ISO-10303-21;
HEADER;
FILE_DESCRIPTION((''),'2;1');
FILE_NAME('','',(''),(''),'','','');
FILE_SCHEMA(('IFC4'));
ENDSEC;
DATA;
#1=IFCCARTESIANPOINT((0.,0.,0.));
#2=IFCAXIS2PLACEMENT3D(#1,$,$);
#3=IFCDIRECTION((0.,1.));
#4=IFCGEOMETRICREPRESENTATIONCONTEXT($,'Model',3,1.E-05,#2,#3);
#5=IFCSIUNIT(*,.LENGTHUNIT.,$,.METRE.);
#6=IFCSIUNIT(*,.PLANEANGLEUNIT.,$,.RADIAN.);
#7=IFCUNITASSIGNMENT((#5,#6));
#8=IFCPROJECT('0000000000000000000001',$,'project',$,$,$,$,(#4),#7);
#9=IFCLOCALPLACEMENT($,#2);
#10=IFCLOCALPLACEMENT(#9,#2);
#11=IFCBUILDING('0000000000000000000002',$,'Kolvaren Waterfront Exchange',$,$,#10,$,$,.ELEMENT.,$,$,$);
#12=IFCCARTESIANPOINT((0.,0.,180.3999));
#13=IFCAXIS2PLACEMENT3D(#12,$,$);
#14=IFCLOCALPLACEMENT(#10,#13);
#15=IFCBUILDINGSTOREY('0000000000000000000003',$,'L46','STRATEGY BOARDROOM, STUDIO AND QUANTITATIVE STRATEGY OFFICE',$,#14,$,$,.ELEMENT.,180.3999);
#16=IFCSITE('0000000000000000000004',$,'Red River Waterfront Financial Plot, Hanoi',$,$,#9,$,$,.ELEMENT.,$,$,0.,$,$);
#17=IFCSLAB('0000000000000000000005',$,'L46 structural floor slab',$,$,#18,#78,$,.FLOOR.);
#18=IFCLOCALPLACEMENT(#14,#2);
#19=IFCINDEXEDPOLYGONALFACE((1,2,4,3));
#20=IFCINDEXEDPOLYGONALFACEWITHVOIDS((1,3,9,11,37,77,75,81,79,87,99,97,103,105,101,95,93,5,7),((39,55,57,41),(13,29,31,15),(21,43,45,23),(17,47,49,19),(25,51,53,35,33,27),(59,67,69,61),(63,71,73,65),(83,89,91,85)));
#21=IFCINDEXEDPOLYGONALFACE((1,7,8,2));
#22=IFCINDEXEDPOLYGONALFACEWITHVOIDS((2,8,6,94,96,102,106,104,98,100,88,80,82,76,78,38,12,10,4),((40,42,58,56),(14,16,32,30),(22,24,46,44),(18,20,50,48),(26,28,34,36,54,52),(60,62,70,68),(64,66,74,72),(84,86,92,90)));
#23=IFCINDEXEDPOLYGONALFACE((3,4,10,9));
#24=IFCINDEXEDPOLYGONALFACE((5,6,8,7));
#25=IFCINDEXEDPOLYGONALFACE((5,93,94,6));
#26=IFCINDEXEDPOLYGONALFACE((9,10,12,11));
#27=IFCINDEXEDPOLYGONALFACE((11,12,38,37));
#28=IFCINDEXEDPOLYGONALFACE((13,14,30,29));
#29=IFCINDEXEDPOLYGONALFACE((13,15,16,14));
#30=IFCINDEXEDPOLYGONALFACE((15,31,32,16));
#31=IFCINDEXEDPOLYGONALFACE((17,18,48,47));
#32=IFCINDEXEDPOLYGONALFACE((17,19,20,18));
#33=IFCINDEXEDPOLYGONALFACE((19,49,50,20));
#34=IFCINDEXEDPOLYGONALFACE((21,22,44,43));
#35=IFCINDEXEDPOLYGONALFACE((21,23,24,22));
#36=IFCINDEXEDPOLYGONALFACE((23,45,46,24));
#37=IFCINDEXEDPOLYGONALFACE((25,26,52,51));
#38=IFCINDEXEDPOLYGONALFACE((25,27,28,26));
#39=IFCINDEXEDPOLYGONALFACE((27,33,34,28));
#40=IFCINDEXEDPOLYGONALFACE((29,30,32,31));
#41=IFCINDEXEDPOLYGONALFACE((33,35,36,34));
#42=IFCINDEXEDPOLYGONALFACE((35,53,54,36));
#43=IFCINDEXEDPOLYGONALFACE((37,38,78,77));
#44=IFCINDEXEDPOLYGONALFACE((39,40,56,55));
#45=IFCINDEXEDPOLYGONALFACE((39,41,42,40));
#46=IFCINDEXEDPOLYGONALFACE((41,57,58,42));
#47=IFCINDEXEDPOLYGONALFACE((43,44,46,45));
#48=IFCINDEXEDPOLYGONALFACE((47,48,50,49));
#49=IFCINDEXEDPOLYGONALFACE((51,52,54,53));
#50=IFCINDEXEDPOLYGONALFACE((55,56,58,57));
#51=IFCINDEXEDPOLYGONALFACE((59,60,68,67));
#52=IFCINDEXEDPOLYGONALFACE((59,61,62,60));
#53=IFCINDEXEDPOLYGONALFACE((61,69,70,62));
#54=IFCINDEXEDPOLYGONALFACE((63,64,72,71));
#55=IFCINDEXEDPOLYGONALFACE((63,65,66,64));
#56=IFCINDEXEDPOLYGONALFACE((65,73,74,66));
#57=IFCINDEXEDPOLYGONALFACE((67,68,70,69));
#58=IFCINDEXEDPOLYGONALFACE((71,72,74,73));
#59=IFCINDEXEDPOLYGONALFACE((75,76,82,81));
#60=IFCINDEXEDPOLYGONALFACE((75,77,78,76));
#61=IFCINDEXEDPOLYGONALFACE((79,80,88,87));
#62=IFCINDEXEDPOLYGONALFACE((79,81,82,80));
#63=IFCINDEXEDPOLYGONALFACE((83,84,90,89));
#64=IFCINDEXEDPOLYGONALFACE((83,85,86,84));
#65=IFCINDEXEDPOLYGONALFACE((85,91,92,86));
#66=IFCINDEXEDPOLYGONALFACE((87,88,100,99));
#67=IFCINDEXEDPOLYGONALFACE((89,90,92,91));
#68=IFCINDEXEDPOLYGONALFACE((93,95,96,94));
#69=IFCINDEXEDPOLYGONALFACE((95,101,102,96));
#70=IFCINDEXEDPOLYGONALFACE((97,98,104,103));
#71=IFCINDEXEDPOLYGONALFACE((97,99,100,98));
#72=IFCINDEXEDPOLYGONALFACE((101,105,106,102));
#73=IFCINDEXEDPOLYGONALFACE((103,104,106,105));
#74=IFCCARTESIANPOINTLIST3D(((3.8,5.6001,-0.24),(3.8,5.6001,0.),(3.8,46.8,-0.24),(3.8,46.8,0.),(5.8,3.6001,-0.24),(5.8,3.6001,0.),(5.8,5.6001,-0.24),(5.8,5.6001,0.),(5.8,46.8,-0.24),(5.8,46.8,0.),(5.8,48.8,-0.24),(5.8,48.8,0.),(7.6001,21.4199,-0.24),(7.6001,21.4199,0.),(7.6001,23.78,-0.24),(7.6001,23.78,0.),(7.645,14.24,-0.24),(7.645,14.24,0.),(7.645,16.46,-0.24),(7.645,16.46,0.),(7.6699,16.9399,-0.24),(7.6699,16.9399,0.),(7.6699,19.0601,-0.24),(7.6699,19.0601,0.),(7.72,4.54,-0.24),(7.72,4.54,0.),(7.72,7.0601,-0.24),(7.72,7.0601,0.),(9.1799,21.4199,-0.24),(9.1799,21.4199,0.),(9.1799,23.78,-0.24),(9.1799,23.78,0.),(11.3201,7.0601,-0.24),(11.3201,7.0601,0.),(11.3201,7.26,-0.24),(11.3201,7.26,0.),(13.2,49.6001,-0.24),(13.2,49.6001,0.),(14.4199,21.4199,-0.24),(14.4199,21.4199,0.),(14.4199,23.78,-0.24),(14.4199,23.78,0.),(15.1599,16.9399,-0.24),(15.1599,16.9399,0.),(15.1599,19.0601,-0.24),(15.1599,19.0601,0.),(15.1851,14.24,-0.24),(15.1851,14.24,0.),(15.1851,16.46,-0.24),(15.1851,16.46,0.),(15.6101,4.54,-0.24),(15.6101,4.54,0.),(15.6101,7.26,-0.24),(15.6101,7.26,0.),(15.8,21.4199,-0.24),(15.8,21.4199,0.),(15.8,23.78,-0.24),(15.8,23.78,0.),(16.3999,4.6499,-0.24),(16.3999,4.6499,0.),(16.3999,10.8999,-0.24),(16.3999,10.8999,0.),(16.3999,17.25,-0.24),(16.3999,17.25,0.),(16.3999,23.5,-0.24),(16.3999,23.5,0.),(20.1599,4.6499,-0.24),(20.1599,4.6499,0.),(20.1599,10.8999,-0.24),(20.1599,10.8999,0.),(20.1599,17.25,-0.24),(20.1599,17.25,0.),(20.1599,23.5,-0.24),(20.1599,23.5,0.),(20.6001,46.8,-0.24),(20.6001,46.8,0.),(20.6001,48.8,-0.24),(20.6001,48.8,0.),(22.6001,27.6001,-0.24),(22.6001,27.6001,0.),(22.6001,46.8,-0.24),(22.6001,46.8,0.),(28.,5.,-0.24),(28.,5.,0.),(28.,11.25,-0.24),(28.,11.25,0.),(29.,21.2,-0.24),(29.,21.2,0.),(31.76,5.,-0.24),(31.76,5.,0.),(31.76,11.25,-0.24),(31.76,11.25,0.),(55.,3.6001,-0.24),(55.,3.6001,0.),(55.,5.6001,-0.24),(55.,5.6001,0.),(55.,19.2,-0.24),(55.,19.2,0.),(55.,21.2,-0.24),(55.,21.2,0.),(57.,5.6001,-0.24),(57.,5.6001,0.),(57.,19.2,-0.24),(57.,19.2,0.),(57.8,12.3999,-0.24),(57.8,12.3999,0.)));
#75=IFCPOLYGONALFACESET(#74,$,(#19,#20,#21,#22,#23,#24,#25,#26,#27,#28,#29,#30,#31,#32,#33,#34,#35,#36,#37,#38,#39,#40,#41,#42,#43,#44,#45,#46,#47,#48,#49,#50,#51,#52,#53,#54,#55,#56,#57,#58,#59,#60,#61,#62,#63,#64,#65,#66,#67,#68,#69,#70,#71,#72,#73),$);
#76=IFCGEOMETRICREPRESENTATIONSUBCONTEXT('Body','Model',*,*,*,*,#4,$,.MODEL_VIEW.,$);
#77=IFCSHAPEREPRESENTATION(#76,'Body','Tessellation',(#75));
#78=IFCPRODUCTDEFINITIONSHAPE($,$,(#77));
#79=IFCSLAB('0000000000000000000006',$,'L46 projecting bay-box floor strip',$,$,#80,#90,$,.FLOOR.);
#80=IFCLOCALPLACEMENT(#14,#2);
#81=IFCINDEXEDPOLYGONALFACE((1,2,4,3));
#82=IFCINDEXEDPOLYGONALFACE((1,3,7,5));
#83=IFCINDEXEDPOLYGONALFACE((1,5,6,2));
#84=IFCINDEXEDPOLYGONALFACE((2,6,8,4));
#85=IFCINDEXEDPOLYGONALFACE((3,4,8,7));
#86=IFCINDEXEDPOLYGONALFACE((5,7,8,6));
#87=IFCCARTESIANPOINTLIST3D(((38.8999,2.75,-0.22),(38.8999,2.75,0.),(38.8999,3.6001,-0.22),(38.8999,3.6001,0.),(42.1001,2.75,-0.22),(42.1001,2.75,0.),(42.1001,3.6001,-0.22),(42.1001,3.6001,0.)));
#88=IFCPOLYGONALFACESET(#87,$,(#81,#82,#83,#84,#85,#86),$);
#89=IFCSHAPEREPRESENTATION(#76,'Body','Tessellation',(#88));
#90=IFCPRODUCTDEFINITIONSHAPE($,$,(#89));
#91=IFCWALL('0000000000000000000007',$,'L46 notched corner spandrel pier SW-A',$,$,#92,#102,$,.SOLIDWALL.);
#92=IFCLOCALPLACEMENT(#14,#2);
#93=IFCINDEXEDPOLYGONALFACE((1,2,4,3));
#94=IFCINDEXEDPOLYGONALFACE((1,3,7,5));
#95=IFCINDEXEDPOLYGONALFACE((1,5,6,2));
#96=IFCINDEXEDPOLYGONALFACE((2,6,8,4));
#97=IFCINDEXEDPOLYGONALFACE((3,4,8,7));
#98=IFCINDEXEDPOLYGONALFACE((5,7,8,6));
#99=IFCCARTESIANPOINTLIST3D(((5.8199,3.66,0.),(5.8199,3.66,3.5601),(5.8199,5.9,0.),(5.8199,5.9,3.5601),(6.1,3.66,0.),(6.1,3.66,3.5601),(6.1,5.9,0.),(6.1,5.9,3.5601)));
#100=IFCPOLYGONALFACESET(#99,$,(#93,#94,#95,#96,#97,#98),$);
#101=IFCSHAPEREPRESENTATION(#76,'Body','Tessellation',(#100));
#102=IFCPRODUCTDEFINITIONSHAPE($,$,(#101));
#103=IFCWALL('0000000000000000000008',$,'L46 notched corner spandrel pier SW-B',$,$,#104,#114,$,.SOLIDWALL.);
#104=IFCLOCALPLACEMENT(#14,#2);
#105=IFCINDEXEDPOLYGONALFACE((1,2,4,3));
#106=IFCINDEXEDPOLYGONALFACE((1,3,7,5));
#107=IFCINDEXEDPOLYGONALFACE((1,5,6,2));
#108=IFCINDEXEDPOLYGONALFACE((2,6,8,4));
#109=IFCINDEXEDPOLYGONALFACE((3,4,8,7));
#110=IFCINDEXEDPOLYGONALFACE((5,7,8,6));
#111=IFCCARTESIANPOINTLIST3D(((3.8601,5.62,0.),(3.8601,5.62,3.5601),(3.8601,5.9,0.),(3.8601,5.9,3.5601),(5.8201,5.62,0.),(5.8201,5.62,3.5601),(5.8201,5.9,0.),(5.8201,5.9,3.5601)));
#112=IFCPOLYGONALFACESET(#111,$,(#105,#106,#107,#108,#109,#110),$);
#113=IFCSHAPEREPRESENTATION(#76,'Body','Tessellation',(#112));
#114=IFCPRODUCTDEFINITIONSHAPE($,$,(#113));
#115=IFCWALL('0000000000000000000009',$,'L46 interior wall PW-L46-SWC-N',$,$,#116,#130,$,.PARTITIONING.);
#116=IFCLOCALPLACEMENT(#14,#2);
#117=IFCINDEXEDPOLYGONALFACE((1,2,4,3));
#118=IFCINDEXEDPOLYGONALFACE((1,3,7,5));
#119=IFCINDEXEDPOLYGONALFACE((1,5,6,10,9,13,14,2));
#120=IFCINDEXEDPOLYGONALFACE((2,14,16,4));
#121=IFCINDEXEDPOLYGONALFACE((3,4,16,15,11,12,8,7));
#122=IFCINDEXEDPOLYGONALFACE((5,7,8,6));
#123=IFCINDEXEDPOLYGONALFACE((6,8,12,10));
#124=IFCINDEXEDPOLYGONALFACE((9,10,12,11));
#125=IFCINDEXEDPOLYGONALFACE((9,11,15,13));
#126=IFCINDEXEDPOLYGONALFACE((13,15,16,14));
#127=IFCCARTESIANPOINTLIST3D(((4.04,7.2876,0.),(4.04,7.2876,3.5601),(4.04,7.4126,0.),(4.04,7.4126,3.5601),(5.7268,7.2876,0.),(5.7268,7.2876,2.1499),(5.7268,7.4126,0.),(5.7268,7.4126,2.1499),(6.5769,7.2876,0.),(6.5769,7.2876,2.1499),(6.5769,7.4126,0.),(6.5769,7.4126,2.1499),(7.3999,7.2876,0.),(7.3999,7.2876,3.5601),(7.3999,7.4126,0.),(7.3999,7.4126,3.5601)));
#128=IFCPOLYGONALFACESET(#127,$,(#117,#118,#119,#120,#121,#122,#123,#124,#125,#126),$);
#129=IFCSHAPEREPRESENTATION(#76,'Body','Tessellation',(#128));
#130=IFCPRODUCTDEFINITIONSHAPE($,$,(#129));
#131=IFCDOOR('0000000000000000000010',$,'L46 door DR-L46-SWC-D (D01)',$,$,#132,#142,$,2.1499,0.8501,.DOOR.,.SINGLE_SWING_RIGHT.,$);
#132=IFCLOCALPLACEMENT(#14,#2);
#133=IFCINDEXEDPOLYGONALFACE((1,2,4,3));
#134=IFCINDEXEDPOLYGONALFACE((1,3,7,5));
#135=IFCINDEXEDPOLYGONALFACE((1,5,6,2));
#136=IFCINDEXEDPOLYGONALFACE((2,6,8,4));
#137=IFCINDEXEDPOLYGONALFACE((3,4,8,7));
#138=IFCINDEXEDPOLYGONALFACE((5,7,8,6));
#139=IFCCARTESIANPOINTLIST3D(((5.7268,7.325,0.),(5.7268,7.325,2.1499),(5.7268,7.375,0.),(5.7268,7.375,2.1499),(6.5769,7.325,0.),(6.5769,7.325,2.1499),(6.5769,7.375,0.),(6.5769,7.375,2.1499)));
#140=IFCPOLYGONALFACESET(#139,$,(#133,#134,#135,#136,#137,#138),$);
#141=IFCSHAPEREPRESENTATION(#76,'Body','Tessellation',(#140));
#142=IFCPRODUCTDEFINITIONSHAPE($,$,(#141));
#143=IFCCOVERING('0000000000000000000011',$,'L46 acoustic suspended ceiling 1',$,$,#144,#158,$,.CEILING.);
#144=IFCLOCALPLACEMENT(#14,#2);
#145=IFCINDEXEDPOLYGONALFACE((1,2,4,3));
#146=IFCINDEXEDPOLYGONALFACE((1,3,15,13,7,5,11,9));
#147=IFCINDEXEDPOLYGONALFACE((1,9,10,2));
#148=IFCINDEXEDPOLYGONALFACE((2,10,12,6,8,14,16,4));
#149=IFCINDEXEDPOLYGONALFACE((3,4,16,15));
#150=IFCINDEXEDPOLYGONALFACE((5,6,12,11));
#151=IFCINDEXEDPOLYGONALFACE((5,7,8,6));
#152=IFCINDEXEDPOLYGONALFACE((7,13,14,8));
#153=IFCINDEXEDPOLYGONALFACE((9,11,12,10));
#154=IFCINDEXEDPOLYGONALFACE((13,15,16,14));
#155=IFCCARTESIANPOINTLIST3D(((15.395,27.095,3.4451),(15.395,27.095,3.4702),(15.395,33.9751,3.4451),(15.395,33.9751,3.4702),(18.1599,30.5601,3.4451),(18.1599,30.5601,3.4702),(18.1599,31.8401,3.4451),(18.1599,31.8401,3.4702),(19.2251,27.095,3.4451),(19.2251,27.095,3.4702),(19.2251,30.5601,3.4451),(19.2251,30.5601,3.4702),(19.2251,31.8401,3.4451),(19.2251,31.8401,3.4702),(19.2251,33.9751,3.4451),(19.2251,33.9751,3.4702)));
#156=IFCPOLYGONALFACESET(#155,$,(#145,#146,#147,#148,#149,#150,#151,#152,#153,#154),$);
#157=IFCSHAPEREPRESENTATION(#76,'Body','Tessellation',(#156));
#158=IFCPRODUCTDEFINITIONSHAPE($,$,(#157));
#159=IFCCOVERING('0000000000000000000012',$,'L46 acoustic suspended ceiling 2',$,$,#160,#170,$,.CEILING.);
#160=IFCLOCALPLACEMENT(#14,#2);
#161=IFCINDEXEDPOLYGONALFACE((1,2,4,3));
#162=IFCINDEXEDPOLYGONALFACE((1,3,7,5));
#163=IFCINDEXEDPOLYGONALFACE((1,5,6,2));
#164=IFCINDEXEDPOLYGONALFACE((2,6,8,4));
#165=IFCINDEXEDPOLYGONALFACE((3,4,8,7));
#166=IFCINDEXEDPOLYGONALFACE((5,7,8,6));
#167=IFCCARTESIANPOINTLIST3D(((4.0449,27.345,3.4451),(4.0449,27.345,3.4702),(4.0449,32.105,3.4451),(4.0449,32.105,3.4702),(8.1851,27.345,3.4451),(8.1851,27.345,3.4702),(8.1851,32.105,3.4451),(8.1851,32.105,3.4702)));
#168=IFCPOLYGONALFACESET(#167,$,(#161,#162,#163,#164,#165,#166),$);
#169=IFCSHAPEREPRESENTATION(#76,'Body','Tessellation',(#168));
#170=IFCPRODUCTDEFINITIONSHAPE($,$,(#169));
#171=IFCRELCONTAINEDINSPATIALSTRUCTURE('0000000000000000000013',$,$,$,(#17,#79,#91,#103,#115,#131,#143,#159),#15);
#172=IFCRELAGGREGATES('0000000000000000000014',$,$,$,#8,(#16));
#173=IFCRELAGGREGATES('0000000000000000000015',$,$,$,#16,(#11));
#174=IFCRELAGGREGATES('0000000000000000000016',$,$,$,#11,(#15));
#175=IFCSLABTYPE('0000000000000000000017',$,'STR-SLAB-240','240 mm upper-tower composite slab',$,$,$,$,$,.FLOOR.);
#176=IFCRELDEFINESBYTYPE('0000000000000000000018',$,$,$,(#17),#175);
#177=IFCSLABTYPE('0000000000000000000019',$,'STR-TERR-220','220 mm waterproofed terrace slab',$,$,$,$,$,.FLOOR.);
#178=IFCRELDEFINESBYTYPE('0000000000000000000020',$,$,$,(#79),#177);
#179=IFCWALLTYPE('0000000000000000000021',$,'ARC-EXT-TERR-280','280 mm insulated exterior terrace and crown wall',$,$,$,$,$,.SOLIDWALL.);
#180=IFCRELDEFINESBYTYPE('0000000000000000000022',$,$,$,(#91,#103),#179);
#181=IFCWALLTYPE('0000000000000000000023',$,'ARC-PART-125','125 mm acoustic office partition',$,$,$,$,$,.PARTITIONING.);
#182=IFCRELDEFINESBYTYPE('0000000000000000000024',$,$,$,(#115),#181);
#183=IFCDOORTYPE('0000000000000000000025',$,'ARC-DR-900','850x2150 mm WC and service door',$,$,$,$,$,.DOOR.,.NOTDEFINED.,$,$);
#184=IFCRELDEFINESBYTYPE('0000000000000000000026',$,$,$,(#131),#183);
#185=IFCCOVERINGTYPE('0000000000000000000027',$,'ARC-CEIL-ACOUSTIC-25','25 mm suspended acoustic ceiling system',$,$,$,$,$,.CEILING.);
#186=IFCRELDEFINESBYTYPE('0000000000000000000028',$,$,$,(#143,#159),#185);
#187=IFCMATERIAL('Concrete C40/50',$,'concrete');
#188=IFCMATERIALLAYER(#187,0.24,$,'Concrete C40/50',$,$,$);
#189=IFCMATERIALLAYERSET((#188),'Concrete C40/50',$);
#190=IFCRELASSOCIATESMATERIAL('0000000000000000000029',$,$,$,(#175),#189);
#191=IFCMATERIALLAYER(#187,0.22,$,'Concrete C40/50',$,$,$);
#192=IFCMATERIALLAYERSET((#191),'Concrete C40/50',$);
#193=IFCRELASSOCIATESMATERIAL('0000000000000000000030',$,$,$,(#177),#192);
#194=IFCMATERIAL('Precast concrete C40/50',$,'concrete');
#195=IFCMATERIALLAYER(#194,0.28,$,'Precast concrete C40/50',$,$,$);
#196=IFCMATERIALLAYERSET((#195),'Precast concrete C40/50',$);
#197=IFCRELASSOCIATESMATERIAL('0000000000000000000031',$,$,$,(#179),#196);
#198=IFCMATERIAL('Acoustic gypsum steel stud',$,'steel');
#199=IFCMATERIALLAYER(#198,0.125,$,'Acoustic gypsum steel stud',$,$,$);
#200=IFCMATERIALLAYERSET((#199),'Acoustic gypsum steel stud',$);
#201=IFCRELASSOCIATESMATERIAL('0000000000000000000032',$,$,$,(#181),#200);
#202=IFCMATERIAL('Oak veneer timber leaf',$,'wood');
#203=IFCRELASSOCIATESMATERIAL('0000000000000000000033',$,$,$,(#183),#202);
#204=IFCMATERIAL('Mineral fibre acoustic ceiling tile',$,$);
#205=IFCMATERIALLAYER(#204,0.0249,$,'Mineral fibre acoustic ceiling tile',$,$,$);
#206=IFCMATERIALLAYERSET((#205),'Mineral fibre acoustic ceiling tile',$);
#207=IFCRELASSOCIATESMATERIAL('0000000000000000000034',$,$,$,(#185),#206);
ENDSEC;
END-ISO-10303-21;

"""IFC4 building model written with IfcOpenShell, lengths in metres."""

from ifc_helpers import new_model, si_unit, direction, frame, frame_2d, origin, place, context, subcontext, project, spatial, polyline, rectangle, outline, extrude, material, layer, layer_set, type_object, element, fill, save


model = new_model("IFC4")

# Units and contexts
model_context = context("Model", 3, precision=1e-05, world=origin(), true_north=direction((0.0, 1.0)))
body_context = subcontext(model_context, "Body", "Model", "MODEL_VIEW")
ifc_project = project(units=[si_unit("LENGTHUNIT", "METRE"), si_unit("PLANEANGLEUNIT", "RADIAN")], contexts=[model_context])

# Site, building, storey
site_placement = place(None, origin())
site = spatial("IfcSite", under=ifc_project, at=site_placement, Name="Red River Waterfront Financial Plot, Hanoi", CompositionType="ELEMENT", RefElevation=0.0)
building_placement = place(site_placement, origin())
building = spatial("IfcBuilding", under=site, at=building_placement, Name="Kolvaren Waterfront Exchange", CompositionType="ELEMENT")
storey_placement = place(building_placement, frame((0.0, 0.0, 180.3999)))
storey = spatial("IfcBuildingStorey", under=building, at=storey_placement, Name="L46", Description="STRATEGY BOARDROOM, STUDIO AND QUANTITATIVE STRATEGY OFFICE", CompositionType="ELEMENT", Elevation=180.3999)

# Shared definitions
ifc_material_1 = material(Name="Concrete C40/50", Category="concrete")

# Slabs
ifc_layer_1 = layer(ifc_material_1, 0.24, Name="Concrete C40/50")
ifc_layer_set_1 = layer_set([ifc_layer_1], Name="Concrete C40/50")
slab_type_1 = type_object("IfcSlabType", Name="STR-SLAB-240", Description="240 mm upper-tower composite slab", PredefinedType="FLOOR", material=ifc_layer_set_1)
slab_1_placement = place(storey_placement, frame((0.0, 0.0, -0.24)))
element("IfcSlab", 1, at=slab_1_placement, inside=storey, type_object=slab_type_1, Name="L46 structural floor slab", PredefinedType="FLOOR", context=body_context, shape_type="SweptSolid", body=[
    extrude(outline(polyline([(5.8, 3.6001), (55.0, 3.6001), (55.0, 5.6001), (57.0, 5.6001), (57.8, 12.3999), (57.0, 19.2), (55.0, 19.2), (55.0, 21.2), (29.0, 21.2), (22.6001, 27.6001), (22.6001, 46.8), (20.6001, 46.8), (20.6001, 48.8), (13.2, 49.6001), (5.8, 48.8), (5.8, 46.8), (3.8, 46.8), (3.8, 5.6001), (5.8, 5.6001), (5.8, 3.6001)]), holes=[polyline([(11.3201, 7.26), (15.6101, 7.26), (15.6101, 4.54), (7.72, 4.54), (7.72, 7.0601), (11.3201, 7.0601), (11.3201, 7.26)]), polyline([(20.1599, 10.8999), (20.1599, 4.6499), (16.3999, 4.6499), (16.3999, 10.8999), (20.1599, 10.8999)]), polyline([(31.76, 11.25), (31.76, 5.0), (28.0, 5.0), (28.0, 11.25), (31.76, 11.25)]), polyline([(15.1851, 14.24), (7.645, 14.24), (7.645, 16.46), (15.1851, 16.46), (15.1851, 14.24)]), polyline([(15.1599, 16.9399), (7.6699, 16.9399), (7.6699, 19.0601), (15.1599, 19.0601), (15.1599, 16.9399)]), polyline([(16.3999, 23.5), (20.1599, 23.5), (20.1599, 17.25), (16.3999, 17.25), (16.3999, 23.5)]), polyline([(7.6001, 23.78), (9.1799, 23.78), (9.1799, 21.4199), (7.6001, 21.4199), (7.6001, 23.78)]), polyline([(15.8, 23.78), (15.8, 21.4199), (14.4199, 21.4199), (14.4199, 23.78), (15.8, 23.78)])]), origin(), (0.0, 0.0, 1.0), 0.24),
])
ifc_layer_2 = layer(ifc_material_1, 0.22, Name="Concrete C40/50")
ifc_layer_set_2 = layer_set([ifc_layer_2], Name="Concrete C40/50")
slab_type_2 = type_object("IfcSlabType", Name="STR-TERR-220", Description="220 mm waterproofed terrace slab", PredefinedType="FLOOR", material=ifc_layer_set_2)
slab_2_placement = place(storey_placement, frame((0.0, 0.0, -0.22)))
element("IfcSlab", 2, at=slab_2_placement, inside=storey, type_object=slab_type_2, Name="L46 projecting bay-box floor strip", PredefinedType="FLOOR", context=body_context, shape_type="SweptSolid", body=[
    extrude(outline(polyline([(38.8999, 2.75), (42.1001, 2.75), (42.1001, 3.6001), (38.8999, 3.6001), (38.8999, 2.75)])), origin(), (0.0, 0.0, 1.0), 0.22),
])

# Walls
ifc_material_2 = material(Name="Precast concrete C40/50", Category="concrete")
ifc_layer_3 = layer(ifc_material_2, 0.28, Name="Precast concrete C40/50")
ifc_layer_set_3 = layer_set([ifc_layer_3], Name="Precast concrete C40/50")
wall_type_1 = type_object("IfcWallType", Name="ARC-EXT-TERR-280", Description="280 mm insulated exterior terrace and crown wall", PredefinedType="SOLIDWALL", material=ifc_layer_set_3)
wall_1_placement = place(storey_placement, frame((5.96, 3.6599, 0.0), z_axis=(0.0, 0.0, 1.0), x_axis=(0.0, 1.0, 0.0)))
element("IfcWall", 3, at=wall_1_placement, inside=storey, type_object=wall_type_1, Name="L46 notched corner spandrel pier SW-A", PredefinedType="SOLIDWALL", context=body_context, shape_type="SweptSolid", body=[
    extrude(rectangle(XDim=2.24, YDim=0.28, at=frame_2d((1.1201, 0.0))), origin(), (0.0, 0.0, 1.0), 3.5601),
])
wall_2_placement = place(storey_placement, frame((3.8601, 5.76, 0.0), z_axis=(0.0, 0.0, 1.0), x_axis=(1.0, 0.0, 0.0)))
element("IfcWall", 4, at=wall_2_placement, inside=storey, type_object=wall_type_1, Name="L46 notched corner spandrel pier SW-B", PredefinedType="SOLIDWALL", context=body_context, shape_type="SweptSolid", body=[
    extrude(rectangle(XDim=1.96, YDim=0.28, at=frame_2d((0.98, 0.0))), origin(), (0.0, 0.0, 1.0), 3.5601),
])

# Wall, opening, door
ifc_material_3 = material(Name="Acoustic gypsum steel stud", Category="steel")
ifc_layer_4 = layer(ifc_material_3, 0.125, Name="Acoustic gypsum steel stud")
ifc_layer_set_4 = layer_set([ifc_layer_4], Name="Acoustic gypsum steel stud")
wall_type_2 = type_object("IfcWallType", Name="ARC-PART-125", Description="125 mm acoustic office partition", PredefinedType="PARTITIONING", material=ifc_layer_set_4)
wall_3_placement = place(storey_placement, frame((4.04, 7.3501, 0.0), z_axis=(0.0, 0.0, 1.0), x_axis=(1.0, 0.0, 0.0)))
wall_3 = element("IfcWall", 5, at=wall_3_placement, inside=storey, type_object=wall_type_2, Name="L46 interior wall PW-L46-SWC-N", PredefinedType="PARTITIONING", context=body_context, shape_type="SweptSolid", body=[
    extrude(rectangle(XDim=3.3599, YDim=0.125, at=frame_2d((1.6799, 0.0))), origin(), (0.0, 0.0, 1.0), 3.5601),
])
opening_placement = place(wall_3_placement, frame((1.6868, 0.0, 0.0)))
opening = element("IfcOpeningElement", 6, at=opening_placement, cuts=wall_3, PredefinedType="OPENING", context=body_context, shape_type="SweptSolid", body=[
    extrude(rectangle(XDim=0.8501, YDim=2.1499, at=frame_2d((0.425, 1.075))), frame((0.0, 0.0725, 0.0), z_axis=(0.0, -1.0, 0.0), x_axis=(1.0, 0.0, 0.0)), (0.0, 0.0, 1.0), 0.145),
])
ifc_material_4 = material(Name="Oak veneer timber leaf", Category="wood")
door_type = type_object("IfcDoorType", Name="ARC-DR-900", Description="850x2150 mm WC and service door", OperationType="NOTDEFINED", PredefinedType="DOOR", material=ifc_material_4)
door_placement = place(opening_placement, origin())
door = element("IfcDoor", 7, at=door_placement, inside=storey, type_object=door_type, Name="L46 door DR-L46-SWC-D (D01)", OperationType="SINGLE_SWING_RIGHT", OverallHeight=2.1499, OverallWidth=0.8501, PredefinedType="DOOR", context=body_context, shape_type="SweptSolid", body=[
    extrude(rectangle(XDim=0.8501, YDim=2.1499, at=frame_2d((0.425, 1.075))), frame((0.0, 0.0249, 0.0), z_axis=(0.0, -1.0, 0.0), x_axis=(1.0, 0.0, 0.0)), (0.0, 0.0, 1.0), 0.05),
])
fill(opening, door)

# Coverings
ifc_material_5 = material(Name="Mineral fibre acoustic ceiling tile")
ifc_layer_5 = layer(ifc_material_5, 0.0249, Name="Mineral fibre acoustic ceiling tile")
ifc_layer_set_5 = layer_set([ifc_layer_5], Name="Mineral fibre acoustic ceiling tile")
covering_type_1 = type_object("IfcCoveringType", Name="ARC-CEIL-ACOUSTIC-25", Description="25 mm suspended acoustic ceiling system", PredefinedType="CEILING", material=ifc_layer_set_5)
covering_1_placement = place(storey_placement, frame((0.0, 0.0, 3.4451)))
element("IfcCovering", 8, at=covering_1_placement, inside=storey, type_object=covering_type_1, Name="L46 acoustic suspended ceiling 1", PredefinedType="CEILING", context=body_context, shape_type="SweptSolid", body=[
    extrude(outline(polyline([(19.2251, 30.5601), (18.1599, 30.5601), (18.1599, 31.8401), (19.2251, 31.8401), (19.2251, 33.9751), (15.395, 33.9751), (15.395, 27.095), (19.2251, 27.095), (19.2251, 30.5601)])), origin(), (0.0, 0.0, 1.0), 0.0251),
])
covering_2_placement = place(storey_placement, frame((0.0, 0.0, 3.4451)))
element("IfcCovering", 9, at=covering_2_placement, inside=storey, type_object=covering_type_1, Name="L46 acoustic suspended ceiling 2", PredefinedType="CEILING", context=body_context, shape_type="SweptSolid", body=[
    extrude(outline(polyline([(8.1851, 27.345), (8.1851, 32.105), (4.0449, 32.105), (4.0449, 27.345), (8.1851, 27.345)])), origin(), (0.0, 0.0, 1.0), 0.0251),
])

save(model, "model.ifc")
